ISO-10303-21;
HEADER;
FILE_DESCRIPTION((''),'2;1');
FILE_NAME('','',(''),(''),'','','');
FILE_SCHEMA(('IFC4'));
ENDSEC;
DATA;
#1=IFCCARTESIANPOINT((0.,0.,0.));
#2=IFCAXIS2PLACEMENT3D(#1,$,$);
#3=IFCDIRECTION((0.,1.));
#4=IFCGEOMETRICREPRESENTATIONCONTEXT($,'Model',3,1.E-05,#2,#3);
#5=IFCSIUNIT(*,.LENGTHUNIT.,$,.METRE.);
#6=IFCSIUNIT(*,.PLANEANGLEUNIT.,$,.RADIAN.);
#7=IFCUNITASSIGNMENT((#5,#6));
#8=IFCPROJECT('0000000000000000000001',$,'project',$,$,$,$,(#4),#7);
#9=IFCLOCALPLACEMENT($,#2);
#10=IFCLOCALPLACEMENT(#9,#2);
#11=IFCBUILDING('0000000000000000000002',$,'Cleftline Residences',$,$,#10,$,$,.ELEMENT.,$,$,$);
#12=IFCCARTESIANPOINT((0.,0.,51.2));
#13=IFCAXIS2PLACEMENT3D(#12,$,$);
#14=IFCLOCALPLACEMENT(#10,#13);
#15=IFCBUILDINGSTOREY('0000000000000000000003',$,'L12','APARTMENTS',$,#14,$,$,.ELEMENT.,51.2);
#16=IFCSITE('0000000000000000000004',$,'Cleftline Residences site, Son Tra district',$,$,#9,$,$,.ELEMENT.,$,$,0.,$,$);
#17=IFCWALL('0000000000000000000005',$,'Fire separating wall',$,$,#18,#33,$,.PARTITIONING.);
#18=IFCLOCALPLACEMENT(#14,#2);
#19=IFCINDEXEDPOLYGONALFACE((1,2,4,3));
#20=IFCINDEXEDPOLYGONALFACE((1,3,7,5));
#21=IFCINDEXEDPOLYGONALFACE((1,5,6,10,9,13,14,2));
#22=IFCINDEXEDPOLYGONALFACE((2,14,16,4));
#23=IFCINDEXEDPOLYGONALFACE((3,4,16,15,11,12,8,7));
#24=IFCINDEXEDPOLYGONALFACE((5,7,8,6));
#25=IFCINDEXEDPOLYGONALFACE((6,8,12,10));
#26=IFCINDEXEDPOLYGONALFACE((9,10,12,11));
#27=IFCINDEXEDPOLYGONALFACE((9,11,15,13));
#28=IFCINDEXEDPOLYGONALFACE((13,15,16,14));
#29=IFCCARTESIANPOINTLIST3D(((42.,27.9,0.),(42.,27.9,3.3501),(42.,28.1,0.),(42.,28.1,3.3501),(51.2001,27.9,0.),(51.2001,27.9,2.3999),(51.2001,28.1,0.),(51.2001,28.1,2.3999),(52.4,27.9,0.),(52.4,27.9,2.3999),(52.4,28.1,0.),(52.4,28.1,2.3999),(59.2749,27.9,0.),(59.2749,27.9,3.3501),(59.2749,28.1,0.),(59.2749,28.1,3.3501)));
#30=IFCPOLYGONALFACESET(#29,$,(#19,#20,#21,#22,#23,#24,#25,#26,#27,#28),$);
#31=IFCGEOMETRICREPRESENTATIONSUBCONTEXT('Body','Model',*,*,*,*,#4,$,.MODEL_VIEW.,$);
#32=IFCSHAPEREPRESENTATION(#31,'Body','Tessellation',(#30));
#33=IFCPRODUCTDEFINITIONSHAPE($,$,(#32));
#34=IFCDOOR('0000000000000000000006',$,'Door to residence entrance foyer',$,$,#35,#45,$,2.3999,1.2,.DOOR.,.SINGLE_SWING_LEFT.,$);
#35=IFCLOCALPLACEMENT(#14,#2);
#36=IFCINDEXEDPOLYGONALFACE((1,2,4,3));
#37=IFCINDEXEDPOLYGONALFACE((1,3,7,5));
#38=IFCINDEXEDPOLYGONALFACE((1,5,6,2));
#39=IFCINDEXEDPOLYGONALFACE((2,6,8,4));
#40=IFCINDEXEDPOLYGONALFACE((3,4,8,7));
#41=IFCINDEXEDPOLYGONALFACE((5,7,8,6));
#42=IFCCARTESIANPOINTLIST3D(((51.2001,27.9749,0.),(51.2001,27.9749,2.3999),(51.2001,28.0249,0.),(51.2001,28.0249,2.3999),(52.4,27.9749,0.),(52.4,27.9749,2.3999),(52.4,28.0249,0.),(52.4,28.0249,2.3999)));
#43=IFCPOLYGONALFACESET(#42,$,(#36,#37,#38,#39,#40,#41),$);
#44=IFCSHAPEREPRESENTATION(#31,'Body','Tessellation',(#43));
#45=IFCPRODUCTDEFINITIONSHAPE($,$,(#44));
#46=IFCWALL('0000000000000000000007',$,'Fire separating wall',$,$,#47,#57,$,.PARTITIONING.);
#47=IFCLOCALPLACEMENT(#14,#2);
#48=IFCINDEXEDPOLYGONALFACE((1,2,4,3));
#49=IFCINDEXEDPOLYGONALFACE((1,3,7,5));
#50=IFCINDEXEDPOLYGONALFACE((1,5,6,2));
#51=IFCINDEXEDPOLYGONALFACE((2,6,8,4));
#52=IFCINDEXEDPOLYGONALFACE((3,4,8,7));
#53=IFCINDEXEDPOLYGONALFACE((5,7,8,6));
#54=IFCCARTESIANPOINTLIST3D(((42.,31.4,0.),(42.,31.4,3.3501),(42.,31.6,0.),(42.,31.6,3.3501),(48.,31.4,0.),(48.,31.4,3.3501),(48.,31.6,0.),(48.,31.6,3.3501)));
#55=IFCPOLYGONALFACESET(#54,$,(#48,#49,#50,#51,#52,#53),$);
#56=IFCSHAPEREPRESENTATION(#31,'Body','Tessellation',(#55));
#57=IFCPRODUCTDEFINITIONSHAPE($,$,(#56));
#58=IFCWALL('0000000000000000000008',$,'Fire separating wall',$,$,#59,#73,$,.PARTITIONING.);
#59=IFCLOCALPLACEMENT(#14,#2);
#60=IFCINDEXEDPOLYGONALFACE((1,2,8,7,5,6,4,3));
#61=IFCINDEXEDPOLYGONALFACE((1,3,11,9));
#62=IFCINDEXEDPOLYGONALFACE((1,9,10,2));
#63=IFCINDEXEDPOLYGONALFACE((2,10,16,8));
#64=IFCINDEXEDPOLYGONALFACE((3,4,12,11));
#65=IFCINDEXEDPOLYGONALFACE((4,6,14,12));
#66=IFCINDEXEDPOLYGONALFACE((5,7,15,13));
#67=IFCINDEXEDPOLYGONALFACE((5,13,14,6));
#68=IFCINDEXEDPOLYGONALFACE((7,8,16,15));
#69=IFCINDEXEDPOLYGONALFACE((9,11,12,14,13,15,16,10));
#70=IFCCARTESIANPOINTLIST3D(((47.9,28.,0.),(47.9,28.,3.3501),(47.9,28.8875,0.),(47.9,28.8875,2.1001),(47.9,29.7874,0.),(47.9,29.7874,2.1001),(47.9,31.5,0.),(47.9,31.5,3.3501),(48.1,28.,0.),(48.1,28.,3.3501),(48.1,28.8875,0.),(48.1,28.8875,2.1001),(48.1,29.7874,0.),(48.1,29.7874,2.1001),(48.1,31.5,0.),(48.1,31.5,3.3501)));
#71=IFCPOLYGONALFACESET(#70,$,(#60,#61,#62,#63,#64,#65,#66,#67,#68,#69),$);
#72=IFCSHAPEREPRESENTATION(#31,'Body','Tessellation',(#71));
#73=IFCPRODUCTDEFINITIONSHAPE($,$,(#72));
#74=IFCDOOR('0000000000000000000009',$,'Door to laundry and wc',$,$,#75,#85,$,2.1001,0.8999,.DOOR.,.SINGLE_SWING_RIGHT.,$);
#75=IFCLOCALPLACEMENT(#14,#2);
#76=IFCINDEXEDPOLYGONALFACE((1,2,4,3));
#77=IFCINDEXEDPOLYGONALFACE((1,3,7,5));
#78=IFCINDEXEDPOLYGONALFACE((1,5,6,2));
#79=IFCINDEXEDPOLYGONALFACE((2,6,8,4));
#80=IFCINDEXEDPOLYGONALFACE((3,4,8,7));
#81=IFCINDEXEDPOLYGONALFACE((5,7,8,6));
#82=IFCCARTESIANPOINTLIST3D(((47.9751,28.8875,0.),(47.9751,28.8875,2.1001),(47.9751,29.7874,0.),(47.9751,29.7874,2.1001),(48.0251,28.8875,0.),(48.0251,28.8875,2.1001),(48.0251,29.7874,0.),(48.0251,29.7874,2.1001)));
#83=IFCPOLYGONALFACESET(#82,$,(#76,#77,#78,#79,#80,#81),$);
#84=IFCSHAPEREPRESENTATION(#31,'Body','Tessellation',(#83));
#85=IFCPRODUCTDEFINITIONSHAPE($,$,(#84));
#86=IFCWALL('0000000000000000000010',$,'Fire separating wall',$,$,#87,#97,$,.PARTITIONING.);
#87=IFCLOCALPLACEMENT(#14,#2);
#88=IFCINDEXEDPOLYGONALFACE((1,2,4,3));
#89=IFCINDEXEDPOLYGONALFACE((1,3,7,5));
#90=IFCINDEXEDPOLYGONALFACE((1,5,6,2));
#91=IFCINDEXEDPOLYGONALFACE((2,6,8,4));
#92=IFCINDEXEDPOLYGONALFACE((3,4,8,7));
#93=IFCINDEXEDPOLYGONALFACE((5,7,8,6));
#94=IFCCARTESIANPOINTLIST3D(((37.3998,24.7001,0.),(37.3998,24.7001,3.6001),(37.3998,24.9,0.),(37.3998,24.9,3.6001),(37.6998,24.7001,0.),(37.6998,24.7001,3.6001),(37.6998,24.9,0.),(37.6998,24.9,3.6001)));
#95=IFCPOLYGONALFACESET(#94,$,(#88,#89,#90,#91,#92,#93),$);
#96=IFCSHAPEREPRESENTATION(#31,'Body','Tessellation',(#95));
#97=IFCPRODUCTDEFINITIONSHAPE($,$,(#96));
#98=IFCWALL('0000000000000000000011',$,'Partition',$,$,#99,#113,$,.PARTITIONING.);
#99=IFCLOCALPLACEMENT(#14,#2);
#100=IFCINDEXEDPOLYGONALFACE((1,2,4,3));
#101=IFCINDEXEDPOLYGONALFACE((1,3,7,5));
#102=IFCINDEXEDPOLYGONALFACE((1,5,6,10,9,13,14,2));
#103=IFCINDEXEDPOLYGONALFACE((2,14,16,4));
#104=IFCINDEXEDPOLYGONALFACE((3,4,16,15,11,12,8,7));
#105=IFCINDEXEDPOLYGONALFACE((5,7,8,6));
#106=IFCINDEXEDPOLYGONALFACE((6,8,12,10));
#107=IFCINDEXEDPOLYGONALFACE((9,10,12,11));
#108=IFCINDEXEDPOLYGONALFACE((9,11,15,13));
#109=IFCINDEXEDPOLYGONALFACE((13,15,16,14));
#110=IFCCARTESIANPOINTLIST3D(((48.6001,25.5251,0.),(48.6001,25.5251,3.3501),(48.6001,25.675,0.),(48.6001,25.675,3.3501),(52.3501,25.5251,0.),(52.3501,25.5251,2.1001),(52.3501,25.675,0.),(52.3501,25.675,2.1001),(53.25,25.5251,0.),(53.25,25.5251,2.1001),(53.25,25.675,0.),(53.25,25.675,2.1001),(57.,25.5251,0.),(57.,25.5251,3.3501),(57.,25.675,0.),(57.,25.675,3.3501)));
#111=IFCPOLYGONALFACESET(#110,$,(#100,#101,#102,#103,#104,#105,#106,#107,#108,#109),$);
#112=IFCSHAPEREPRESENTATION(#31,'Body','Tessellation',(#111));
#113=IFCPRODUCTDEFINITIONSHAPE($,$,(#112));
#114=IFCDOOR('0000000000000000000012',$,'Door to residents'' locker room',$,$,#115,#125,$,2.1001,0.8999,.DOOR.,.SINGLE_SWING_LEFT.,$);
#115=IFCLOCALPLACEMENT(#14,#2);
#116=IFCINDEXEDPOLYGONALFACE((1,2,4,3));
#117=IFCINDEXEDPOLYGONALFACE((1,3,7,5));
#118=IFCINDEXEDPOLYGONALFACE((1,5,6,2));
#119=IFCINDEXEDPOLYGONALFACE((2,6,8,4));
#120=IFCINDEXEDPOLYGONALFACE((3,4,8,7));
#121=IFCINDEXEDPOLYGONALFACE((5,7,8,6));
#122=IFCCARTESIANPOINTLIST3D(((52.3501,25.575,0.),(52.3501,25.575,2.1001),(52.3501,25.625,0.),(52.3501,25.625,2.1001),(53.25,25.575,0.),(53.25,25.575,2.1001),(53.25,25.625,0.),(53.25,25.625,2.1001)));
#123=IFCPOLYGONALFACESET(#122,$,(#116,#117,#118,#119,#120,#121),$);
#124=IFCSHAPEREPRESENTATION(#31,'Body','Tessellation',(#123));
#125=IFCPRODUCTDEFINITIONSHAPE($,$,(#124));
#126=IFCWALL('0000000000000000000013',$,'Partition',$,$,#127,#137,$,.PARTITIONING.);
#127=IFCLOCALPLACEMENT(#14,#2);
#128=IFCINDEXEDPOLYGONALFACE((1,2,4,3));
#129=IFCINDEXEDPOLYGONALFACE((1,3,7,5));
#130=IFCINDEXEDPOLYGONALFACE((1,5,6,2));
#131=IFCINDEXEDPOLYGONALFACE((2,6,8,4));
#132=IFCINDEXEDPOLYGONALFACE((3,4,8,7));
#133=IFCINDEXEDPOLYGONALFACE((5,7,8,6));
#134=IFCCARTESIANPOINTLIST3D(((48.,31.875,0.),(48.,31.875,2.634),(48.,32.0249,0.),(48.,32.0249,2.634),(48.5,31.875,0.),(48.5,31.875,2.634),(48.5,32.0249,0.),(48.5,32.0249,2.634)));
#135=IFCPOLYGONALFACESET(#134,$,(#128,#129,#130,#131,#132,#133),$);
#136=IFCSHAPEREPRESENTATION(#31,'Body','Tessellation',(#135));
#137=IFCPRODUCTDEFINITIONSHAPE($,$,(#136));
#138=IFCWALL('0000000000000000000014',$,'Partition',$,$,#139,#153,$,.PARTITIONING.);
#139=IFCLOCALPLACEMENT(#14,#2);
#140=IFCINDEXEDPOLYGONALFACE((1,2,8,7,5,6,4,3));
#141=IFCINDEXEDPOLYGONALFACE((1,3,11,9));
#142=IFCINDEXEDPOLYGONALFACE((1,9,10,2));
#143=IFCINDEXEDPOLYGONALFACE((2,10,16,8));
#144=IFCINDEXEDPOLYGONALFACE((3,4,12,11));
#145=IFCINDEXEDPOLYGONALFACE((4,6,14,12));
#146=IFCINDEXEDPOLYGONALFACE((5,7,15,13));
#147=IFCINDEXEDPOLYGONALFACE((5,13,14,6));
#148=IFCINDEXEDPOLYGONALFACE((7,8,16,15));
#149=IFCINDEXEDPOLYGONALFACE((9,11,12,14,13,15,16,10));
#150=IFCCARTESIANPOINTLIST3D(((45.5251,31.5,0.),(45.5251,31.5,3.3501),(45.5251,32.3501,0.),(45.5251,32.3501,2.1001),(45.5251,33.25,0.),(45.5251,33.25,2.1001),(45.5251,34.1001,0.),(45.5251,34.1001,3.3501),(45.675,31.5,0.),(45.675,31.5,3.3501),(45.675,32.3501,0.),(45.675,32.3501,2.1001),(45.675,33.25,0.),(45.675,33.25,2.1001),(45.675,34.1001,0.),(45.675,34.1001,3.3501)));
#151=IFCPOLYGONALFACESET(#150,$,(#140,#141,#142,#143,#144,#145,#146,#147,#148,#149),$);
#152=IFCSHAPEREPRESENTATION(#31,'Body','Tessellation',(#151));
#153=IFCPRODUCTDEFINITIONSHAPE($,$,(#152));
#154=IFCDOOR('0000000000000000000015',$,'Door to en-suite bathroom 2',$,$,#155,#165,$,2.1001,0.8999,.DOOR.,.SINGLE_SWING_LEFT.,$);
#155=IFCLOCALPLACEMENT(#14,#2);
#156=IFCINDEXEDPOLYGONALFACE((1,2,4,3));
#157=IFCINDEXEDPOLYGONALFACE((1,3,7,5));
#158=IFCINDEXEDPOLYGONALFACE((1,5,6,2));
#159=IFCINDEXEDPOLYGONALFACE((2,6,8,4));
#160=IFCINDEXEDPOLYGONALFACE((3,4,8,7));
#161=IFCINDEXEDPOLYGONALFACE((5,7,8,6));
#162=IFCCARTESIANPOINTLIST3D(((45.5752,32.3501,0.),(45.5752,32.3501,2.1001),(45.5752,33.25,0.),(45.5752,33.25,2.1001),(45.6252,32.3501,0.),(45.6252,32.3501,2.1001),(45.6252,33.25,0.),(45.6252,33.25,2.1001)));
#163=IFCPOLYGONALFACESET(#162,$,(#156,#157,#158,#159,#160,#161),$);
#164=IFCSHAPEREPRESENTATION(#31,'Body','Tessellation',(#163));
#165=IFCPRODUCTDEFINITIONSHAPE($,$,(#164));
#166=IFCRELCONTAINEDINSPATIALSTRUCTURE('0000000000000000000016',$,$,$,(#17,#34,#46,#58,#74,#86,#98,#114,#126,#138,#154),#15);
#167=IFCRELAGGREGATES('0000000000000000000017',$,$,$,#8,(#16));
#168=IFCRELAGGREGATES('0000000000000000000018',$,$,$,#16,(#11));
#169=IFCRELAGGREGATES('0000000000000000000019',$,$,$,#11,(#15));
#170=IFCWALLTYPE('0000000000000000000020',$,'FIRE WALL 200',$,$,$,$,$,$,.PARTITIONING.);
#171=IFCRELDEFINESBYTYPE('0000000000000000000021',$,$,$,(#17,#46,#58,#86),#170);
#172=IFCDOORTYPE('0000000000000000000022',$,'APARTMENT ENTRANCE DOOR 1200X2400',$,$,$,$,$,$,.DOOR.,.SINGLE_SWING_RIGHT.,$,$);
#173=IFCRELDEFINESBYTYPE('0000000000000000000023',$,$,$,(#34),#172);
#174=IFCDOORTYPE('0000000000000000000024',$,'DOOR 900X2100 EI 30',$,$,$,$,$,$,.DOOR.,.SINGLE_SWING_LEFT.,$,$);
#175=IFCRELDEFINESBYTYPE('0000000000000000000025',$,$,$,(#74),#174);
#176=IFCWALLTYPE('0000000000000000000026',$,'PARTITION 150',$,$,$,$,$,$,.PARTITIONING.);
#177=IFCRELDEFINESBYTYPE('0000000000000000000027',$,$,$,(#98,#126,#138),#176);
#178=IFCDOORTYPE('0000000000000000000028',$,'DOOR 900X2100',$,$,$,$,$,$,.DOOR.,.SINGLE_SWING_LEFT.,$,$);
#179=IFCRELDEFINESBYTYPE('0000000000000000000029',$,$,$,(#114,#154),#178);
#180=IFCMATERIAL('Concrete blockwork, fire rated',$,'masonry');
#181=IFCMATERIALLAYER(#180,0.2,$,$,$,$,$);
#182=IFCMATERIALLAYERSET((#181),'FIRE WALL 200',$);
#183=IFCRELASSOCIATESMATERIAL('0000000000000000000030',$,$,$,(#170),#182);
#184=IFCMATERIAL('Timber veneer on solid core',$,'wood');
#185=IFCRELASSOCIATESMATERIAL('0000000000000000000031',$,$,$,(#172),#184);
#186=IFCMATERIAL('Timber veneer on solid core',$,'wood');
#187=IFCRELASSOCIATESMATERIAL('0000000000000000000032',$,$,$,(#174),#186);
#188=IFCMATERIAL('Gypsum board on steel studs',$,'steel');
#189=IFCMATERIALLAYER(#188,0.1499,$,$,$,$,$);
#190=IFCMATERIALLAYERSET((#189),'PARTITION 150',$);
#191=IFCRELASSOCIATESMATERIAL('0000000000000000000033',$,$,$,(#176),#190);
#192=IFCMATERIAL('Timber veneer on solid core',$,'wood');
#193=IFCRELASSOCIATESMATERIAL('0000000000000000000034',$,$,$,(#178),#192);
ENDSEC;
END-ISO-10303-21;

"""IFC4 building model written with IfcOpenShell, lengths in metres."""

from ifc_helpers import new_model, si_unit, direction, frame, frame_2d, origin, place, context, subcontext, project, spatial, rectangle, extrude, material, layer, layer_set, type_object, element, fill, save


model = new_model("IFC4")

# Units and contexts
model_context = context("Model", 3, precision=1e-05, world=origin(), true_north=direction((0.0, 1.0)))
body_context = subcontext(model_context, "Body", "Model", "MODEL_VIEW")
ifc_project = project(units=[si_unit("LENGTHUNIT", "METRE"), si_unit("PLANEANGLEUNIT", "RADIAN")], contexts=[model_context])

# Site, building, storey
site_placement = place(None, origin())
site = spatial("IfcSite", under=ifc_project, at=site_placement, Name="Cleftline Residences site, Son Tra district", CompositionType="ELEMENT", RefElevation=0.0)
building_placement = place(site_placement, origin())
building = spatial("IfcBuilding", under=site, at=building_placement, Name="Cleftline Residences", CompositionType="ELEMENT")
storey_placement = place(building_placement, frame((0.0, 0.0, 51.2)))
storey = spatial("IfcBuildingStorey", under=building, at=storey_placement, Name="L12", Description="APARTMENTS", CompositionType="ELEMENT", Elevation=51.2)

# Shared definitions
ifc_material_1 = material(Name="Concrete blockwork, fire rated", Category="masonry")
ifc_layer_1 = layer(ifc_material_1, 0.2)
ifc_layer_set_1 = layer_set([ifc_layer_1], Name="FIRE WALL 200")
wall_type_1 = type_object("IfcWallType", Name="FIRE WALL 200", PredefinedType="PARTITIONING", material=ifc_layer_set_1)

# Wall, opening, door
wall_1_placement = place(storey_placement, frame((42.0, 28.0, 0.0), z_axis=(0.0, 0.0, 1.0), x_axis=(1.0, 0.0, 0.0)))
wall_1 = element("IfcWall", 1, at=wall_1_placement, inside=storey, type_object=wall_type_1, Name="Fire separating wall", PredefinedType="PARTITIONING", context=body_context, shape_type="SweptSolid", body=[
    extrude(rectangle(XDim=17.2749, YDim=0.2, at=frame_2d((8.6375, 0.0))), origin(), (0.0, 0.0, 1.0), 3.3501),
])
opening_1_placement = place(wall_1_placement, frame((9.2, 0.0, 0.0)))
opening_1 = element("IfcOpeningElement", 2, at=opening_1_placement, cuts=wall_1, PredefinedType="OPENING", context=body_context, shape_type="SweptSolid", body=[
    extrude(rectangle(XDim=1.2, YDim=2.3999, at=frame_2d((0.6001, 1.2))), frame((0.0, 0.1099, 0.0), z_axis=(0.0, -1.0, 0.0), x_axis=(1.0, 0.0, 0.0)), (0.0, 0.0, 1.0), 0.22),
])
ifc_material_2 = material(Name="Timber veneer on solid core", Category="wood")
door_type_1 = type_object("IfcDoorType", Name="APARTMENT ENTRANCE DOOR 1200X2400", OperationType="SINGLE_SWING_RIGHT", PredefinedType="DOOR", material=ifc_material_2)
door_1_placement = place(opening_1_placement, origin())
door_1 = element("IfcDoor", 3, at=door_1_placement, inside=storey, type_object=door_type_1, Name="Door to residence entrance foyer", OperationType="SINGLE_SWING_LEFT", OverallHeight=2.3999, OverallWidth=1.2, PredefinedType="DOOR", context=body_context, shape_type="SweptSolid", body=[
    extrude(rectangle(XDim=1.2, YDim=2.3999, at=frame_2d((0.6001, 1.2))), frame((0.0, 0.0249, 0.0), z_axis=(0.0, -1.0, 0.0), x_axis=(1.0, 0.0, 0.0)), (0.0, 0.0, 1.0), 0.05),
])
fill(opening_1, door_1)

# Wall
wall_2_placement = place(storey_placement, frame((42.0, 31.5, 0.0), z_axis=(0.0, 0.0, 1.0), x_axis=(1.0, 0.0, 0.0)))
element("IfcWall", 4, at=wall_2_placement, inside=storey, type_object=wall_type_1, Name="Fire separating wall", PredefinedType="PARTITIONING", context=body_context, shape_type="SweptSolid", body=[
    extrude(rectangle(XDim=6.0, YDim=0.2, at=frame_2d((3.0, 0.0))), origin(), (0.0, 0.0, 1.0), 3.3501),
])

# Wall, opening, door
wall_3_placement = place(storey_placement, frame((48.0, 28.0, 0.0), z_axis=(0.0, 0.0, 1.0), x_axis=(0.0, 1.0, 0.0)))
wall_3 = element("IfcWall", 5, at=wall_3_placement, inside=storey, type_object=wall_type_1, Name="Fire separating wall", PredefinedType="PARTITIONING", context=body_context, shape_type="SweptSolid", body=[
    extrude(rectangle(XDim=3.5, YDim=0.2, at=frame_2d((1.75, 0.0))), origin(), (0.0, 0.0, 1.0), 3.3501),
])
opening_2_placement = place(wall_3_placement, frame((0.8875, 0.0, 0.0)))
opening_2 = element("IfcOpeningElement", 6, at=opening_2_placement, cuts=wall_3, PredefinedType="OPENING", context=body_context, shape_type="SweptSolid", body=[
    extrude(rectangle(XDim=0.8999, YDim=2.1001, at=frame_2d((0.45, 1.05))), frame((0.0, 0.1099, 0.0), z_axis=(0.0, -1.0, 0.0), x_axis=(1.0, 0.0, 0.0)), (0.0, 0.0, 1.0), 0.22),
])
ifc_material_3 = material(Name="Timber veneer on solid core", Category="wood")
door_type_2 = type_object("IfcDoorType", Name="DOOR 900X2100 EI 30", OperationType="SINGLE_SWING_LEFT", PredefinedType="DOOR", material=ifc_material_3)
door_2_placement = place(opening_2_placement, origin())
door_2 = element("IfcDoor", 7, at=door_2_placement, inside=storey, type_object=door_type_2, Name="Door to laundry and wc", OperationType="SINGLE_SWING_RIGHT", OverallHeight=2.1001, OverallWidth=0.8999, PredefinedType="DOOR", context=body_context, shape_type="SweptSolid", body=[
    extrude(rectangle(XDim=0.8999, YDim=2.1001, at=frame_2d((0.45, 1.05))), frame((0.0, 0.0249, 0.0), z_axis=(0.0, -1.0, 0.0), x_axis=(1.0, 0.0, 0.0)), (0.0, 0.0, 1.0), 0.05),
])
fill(opening_2, door_2)

# Wall
wall_4_placement = place(storey_placement, frame((37.3999, 24.8, 0.0), z_axis=(0.0, 0.0, 1.0), x_axis=(1.0, 0.0, 0.0)))
element("IfcWall", 8, at=wall_4_placement, inside=storey, type_object=wall_type_1, Name="Fire separating wall", PredefinedType="PARTITIONING", context=body_context, shape_type="SweptSolid", body=[
    extrude(rectangle(XDim=0.3, YDim=0.2, at=frame_2d((0.1499, 0.0))), origin(), (0.0, 0.0, 1.0), 3.6001),
])

# Wall, opening, door
ifc_material_4 = material(Name="Gypsum board on steel studs", Category="steel")
ifc_layer_2 = layer(ifc_material_4, 0.1499)
ifc_layer_set_2 = layer_set([ifc_layer_2], Name="PARTITION 150")
wall_type_2 = type_object("IfcWallType", Name="PARTITION 150", PredefinedType="PARTITIONING", material=ifc_layer_set_2)
wall_5_placement = place(storey_placement, frame((48.6001, 25.6001, 0.0), z_axis=(0.0, 0.0, 1.0), x_axis=(1.0, 0.0, 0.0)))
wall_5 = element("IfcWall", 9, at=wall_5_placement, inside=storey, type_object=wall_type_2, Name="Partition", PredefinedType="PARTITIONING", context=body_context, shape_type="SweptSolid", body=[
    extrude(rectangle(XDim=8.3999, YDim=0.1499, at=frame_2d((4.2, 0.0))), origin(), (0.0, 0.0, 1.0), 3.3501),
])
opening_3_placement = place(wall_5_placement, frame((3.75, 0.0, 0.0)))
opening_3 = element("IfcOpeningElement", 10, at=opening_3_placement, cuts=wall_5, PredefinedType="OPENING", context=body_context, shape_type="SweptSolid", body=[
    extrude(rectangle(XDim=0.8999, YDim=2.1001, at=frame_2d((0.45, 1.05))), frame((0.0, 0.085, 0.0), z_axis=(0.0, -1.0, 0.0), x_axis=(1.0, 0.0, 0.0)), (0.0, 0.0, 1.0), 0.1699),
])
ifc_material_5 = material(Name="Timber veneer on solid core", Category="wood")
door_type_3 = type_object("IfcDoorType", Name="DOOR 900X2100", OperationType="SINGLE_SWING_LEFT", PredefinedType="DOOR", material=ifc_material_5)
door_3_placement = place(opening_3_placement, origin())
door_3 = element("IfcDoor", 11, at=door_3_placement, inside=storey, type_object=door_type_3, Name="Door to residents' locker room", OperationType="SINGLE_SWING_LEFT", OverallHeight=2.1001, OverallWidth=0.8999, PredefinedType="DOOR", context=body_context, shape_type="SweptSolid", body=[
    extrude(rectangle(XDim=0.8999, YDim=2.1001, at=frame_2d((0.45, 1.05))), frame((0.0, 0.0249, 0.0), z_axis=(0.0, -1.0, 0.0), x_axis=(1.0, 0.0, 0.0)), (0.0, 0.0, 1.0), 0.05),
])
fill(opening_3, door_3)

# Wall
wall_6_placement = place(storey_placement, frame((48.0, 31.95, 0.0), z_axis=(0.0, 0.0, 1.0), x_axis=(1.0, 0.0, 0.0)))
element("IfcWall", 12, at=wall_6_placement, inside=storey, type_object=wall_type_2, Name="Partition", PredefinedType="PARTITIONING", context=body_context, shape_type="SweptSolid", body=[
    extrude(rectangle(XDim=0.5, YDim=0.1499, at=frame_2d((0.25, 0.0))), origin(), (0.0, 0.0, 1.0), 2.634),
])

# Wall, opening, door
wall_7_placement = place(storey_placement, frame((45.6001, 31.5, 0.0), z_axis=(0.0, 0.0, 1.0), x_axis=(0.0, 1.0, 0.0)))
wall_7 = element("IfcWall", 13, at=wall_7_placement, inside=storey, type_object=wall_type_2, Name="Partition", PredefinedType="PARTITIONING", context=body_context, shape_type="SweptSolid", body=[
    extrude(rectangle(XDim=2.6001, YDim=0.1499, at=frame_2d((1.3, 0.0))), origin(), (0.0, 0.0, 1.0), 3.3501),
])
opening_4_placement = place(wall_7_placement, frame((0.8501, 0.0, 0.0)))
opening_4 = element("IfcOpeningElement", 14, at=opening_4_placement, cuts=wall_7, PredefinedType="OPENING", context=body_context, shape_type="SweptSolid", body=[
    extrude(rectangle(XDim=0.8999, YDim=2.1001, at=frame_2d((0.45, 1.05))), frame((0.0, 0.085, 0.0), z_axis=(0.0, -1.0, 0.0), x_axis=(1.0, 0.0, 0.0)), (0.0, 0.0, 1.0), 0.1699),
])
door_4_placement = place(opening_4_placement, origin())
door_4 = element("IfcDoor", 15, at=door_4_placement, inside=storey, type_object=door_type_3, Name="Door to en-suite bathroom 2", OperationType="SINGLE_SWING_LEFT", OverallHeight=2.1001, OverallWidth=0.8999, PredefinedType="DOOR", context=body_context, shape_type="SweptSolid", body=[
    extrude(rectangle(XDim=0.8999, YDim=2.1001, at=frame_2d((0.45, 1.05))), frame((0.0, 0.0249, 0.0), z_axis=(0.0, -1.0, 0.0), x_axis=(1.0, 0.0, 0.0)), (0.0, 0.0, 1.0), 0.05),
])
fill(opening_4, door_4)

save(model, "model.ifc")
